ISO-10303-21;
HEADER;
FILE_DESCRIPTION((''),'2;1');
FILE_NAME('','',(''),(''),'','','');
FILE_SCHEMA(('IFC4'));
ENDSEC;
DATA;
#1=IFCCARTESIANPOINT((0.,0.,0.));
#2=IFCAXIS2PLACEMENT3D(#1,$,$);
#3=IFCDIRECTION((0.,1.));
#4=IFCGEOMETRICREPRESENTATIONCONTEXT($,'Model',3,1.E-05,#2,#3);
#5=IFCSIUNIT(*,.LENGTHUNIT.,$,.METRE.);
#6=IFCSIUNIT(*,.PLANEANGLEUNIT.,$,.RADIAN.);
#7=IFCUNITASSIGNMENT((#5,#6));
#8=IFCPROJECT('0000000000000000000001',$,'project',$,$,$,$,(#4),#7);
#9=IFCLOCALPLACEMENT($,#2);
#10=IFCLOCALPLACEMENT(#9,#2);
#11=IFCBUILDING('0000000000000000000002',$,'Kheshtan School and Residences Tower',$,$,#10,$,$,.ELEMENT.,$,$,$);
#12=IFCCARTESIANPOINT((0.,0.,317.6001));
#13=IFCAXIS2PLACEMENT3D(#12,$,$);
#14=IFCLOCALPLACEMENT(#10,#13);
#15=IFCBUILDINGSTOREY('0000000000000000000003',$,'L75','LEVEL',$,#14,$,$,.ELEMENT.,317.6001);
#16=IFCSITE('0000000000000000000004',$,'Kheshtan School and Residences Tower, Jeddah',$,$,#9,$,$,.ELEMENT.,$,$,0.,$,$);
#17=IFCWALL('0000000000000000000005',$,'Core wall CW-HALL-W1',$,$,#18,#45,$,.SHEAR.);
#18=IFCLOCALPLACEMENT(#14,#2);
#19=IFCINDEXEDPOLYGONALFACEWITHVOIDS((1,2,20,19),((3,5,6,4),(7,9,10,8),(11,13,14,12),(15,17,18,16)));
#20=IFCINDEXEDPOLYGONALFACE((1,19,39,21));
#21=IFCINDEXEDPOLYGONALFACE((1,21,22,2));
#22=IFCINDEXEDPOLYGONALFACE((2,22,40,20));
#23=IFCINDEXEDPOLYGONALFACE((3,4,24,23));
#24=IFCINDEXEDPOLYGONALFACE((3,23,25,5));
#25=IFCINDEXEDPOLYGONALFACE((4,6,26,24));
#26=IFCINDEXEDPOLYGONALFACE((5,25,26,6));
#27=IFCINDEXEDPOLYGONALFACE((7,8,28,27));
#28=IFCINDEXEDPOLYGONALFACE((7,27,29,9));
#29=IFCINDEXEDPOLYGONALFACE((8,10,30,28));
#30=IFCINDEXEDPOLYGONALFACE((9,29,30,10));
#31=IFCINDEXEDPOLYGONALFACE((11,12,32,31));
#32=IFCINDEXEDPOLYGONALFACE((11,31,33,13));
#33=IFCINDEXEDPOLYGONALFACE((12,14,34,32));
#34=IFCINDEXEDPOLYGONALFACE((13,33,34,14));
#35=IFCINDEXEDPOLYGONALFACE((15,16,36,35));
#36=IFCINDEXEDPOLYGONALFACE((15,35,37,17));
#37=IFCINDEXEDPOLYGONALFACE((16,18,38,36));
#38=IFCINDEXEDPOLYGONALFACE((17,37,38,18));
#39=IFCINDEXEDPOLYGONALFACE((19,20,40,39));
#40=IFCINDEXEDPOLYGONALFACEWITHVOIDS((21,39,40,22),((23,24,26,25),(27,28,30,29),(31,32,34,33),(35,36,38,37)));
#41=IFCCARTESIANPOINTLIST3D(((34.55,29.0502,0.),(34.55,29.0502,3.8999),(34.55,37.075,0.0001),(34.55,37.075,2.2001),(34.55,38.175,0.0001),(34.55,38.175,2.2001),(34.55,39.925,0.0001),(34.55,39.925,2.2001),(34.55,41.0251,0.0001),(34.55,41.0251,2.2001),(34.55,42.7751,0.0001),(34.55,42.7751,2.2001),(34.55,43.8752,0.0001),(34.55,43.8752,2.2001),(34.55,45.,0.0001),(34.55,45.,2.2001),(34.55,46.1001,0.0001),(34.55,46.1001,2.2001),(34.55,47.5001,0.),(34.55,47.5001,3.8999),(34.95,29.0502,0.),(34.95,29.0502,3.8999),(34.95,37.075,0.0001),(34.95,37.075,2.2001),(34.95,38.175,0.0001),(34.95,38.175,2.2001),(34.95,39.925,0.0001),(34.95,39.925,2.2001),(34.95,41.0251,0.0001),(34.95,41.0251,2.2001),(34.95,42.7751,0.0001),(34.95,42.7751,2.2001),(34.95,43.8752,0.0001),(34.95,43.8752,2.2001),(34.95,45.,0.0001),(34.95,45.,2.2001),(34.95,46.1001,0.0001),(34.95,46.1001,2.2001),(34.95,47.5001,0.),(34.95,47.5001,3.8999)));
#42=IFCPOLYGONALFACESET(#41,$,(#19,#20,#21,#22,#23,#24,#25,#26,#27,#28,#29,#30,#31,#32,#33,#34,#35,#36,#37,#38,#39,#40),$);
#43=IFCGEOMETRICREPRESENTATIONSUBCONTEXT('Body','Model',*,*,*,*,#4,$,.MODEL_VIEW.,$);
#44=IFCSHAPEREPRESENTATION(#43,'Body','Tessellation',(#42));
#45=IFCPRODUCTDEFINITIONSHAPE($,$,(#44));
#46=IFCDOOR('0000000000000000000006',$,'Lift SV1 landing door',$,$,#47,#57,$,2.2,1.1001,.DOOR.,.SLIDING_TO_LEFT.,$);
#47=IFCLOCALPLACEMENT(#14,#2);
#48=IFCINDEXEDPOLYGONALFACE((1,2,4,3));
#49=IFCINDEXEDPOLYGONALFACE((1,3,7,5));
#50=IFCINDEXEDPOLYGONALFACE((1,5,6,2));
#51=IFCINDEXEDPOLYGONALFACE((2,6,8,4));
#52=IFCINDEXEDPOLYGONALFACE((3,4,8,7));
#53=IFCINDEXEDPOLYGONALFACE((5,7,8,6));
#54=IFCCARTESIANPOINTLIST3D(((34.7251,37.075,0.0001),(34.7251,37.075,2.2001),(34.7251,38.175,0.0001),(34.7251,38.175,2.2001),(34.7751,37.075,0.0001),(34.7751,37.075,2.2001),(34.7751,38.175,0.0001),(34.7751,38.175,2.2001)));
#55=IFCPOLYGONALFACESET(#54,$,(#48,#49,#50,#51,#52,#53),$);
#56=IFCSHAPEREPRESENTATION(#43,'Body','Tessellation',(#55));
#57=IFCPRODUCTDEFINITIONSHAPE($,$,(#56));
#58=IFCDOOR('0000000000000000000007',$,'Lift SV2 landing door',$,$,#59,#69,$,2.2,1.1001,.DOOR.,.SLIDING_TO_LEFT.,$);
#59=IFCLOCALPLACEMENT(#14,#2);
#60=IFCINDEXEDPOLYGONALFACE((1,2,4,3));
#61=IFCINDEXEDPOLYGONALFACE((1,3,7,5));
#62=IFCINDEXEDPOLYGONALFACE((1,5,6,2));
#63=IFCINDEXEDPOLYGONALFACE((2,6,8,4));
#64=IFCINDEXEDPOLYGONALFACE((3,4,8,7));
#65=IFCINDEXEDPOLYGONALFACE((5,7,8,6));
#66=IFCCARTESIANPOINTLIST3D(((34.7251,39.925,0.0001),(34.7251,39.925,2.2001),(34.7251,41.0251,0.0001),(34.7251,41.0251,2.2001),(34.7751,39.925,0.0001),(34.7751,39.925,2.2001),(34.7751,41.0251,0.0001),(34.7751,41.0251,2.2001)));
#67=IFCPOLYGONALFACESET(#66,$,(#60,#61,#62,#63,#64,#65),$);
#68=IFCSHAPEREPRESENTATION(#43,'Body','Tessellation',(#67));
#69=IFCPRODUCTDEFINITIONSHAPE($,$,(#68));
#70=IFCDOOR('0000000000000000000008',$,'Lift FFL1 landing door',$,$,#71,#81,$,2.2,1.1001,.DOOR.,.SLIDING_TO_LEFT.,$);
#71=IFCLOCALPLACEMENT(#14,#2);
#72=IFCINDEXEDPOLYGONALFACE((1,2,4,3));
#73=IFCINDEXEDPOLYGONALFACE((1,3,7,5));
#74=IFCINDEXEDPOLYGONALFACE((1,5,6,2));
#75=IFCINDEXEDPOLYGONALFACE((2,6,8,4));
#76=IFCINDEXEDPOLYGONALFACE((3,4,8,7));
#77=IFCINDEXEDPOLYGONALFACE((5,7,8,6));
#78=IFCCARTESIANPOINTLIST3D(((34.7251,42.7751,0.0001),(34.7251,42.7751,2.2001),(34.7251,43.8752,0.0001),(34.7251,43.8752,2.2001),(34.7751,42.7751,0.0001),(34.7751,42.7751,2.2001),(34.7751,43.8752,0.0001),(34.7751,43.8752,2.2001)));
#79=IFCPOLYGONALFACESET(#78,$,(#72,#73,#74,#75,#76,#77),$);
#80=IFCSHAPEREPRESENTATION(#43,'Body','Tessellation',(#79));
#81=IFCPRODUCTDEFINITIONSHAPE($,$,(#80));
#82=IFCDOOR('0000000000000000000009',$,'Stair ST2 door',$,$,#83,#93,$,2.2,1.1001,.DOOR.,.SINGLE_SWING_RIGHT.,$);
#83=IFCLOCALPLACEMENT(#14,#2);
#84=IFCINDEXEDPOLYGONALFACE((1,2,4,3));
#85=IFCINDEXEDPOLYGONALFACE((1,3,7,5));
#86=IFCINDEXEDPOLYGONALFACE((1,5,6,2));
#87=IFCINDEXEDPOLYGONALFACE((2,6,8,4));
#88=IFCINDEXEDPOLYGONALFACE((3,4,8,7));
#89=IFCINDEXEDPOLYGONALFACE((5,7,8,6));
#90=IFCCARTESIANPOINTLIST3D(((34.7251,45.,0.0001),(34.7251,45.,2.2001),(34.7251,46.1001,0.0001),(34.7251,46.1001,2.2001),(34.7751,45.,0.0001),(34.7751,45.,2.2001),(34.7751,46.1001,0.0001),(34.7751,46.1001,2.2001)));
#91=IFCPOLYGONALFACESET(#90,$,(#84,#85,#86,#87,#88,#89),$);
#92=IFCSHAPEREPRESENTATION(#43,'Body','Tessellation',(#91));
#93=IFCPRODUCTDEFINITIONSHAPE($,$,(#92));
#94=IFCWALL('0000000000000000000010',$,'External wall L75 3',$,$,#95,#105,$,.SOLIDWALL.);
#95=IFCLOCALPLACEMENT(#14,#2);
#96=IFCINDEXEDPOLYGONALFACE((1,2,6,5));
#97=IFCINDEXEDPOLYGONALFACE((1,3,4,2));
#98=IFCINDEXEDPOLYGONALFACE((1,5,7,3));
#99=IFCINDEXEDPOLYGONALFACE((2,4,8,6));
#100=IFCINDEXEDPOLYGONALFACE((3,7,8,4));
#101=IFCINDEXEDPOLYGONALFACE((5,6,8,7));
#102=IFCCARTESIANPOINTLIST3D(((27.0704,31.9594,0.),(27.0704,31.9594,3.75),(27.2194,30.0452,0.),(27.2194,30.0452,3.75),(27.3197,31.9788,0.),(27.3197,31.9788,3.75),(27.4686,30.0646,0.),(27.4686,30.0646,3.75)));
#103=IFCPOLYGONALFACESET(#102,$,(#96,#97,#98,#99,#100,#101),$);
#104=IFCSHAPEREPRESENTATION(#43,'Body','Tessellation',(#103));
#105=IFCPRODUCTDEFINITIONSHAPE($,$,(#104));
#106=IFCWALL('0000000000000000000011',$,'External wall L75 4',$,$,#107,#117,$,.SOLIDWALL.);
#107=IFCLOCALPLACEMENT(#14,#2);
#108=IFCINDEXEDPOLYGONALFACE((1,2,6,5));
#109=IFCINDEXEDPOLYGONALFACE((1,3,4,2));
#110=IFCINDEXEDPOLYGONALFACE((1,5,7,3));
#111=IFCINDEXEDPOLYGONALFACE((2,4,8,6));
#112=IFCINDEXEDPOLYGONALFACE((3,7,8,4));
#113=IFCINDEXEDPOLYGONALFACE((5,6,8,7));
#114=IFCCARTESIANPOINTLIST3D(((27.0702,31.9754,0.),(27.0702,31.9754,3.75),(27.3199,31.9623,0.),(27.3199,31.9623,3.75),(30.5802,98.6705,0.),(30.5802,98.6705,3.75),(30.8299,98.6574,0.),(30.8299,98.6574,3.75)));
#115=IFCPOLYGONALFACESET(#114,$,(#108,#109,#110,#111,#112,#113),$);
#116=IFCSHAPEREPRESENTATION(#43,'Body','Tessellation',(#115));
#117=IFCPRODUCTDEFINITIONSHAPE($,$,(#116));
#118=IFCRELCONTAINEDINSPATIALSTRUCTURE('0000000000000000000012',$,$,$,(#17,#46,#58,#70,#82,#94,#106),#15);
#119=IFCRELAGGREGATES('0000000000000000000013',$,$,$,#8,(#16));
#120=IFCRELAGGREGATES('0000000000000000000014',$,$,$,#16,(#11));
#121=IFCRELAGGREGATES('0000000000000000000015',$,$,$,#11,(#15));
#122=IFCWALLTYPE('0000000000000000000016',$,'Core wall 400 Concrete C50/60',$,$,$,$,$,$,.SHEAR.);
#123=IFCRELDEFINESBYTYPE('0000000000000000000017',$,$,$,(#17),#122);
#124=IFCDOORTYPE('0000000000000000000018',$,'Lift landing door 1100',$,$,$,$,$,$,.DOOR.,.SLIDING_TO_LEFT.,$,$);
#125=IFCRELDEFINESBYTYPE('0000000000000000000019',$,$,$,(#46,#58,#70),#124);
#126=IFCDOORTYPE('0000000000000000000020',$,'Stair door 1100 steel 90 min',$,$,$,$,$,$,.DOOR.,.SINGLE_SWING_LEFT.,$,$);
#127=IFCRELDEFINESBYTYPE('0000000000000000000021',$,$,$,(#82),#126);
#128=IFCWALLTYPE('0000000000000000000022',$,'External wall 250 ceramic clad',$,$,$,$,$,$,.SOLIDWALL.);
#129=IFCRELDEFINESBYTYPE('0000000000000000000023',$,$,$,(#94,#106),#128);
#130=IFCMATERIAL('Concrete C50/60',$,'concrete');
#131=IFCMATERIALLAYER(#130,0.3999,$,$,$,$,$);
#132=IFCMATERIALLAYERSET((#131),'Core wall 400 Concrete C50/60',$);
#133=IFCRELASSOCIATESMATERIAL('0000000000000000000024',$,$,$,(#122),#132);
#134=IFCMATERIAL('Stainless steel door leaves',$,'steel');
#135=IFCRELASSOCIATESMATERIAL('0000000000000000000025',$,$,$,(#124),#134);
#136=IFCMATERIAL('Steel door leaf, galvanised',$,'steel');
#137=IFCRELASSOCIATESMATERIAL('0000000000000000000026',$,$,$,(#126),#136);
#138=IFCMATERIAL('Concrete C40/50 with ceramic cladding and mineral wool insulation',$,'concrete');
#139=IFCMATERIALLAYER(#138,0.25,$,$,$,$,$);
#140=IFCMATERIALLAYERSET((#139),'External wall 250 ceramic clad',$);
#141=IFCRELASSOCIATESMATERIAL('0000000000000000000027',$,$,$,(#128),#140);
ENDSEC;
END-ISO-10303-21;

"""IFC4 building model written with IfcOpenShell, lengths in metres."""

from ifc_helpers import new_model, si_unit, direction, frame, frame_2d, origin, place, context, subcontext, project, spatial, rectangle, extrude, source, transform, mapped, material, layer, layer_set, type_object, element, fill, save


model = new_model("IFC4")

# Units and contexts
model_context = context("Model", 3, precision=1e-05, world=origin(), true_north=direction((0.0, 1.0)))
body_context = subcontext(model_context, "Body", "Model", "MODEL_VIEW")
ifc_project = project(units=[si_unit("LENGTHUNIT", "METRE"), si_unit("PLANEANGLEUNIT", "RADIAN")], contexts=[model_context])

# Site, building, storey
site_placement = place(None, origin())
site = spatial("IfcSite", under=ifc_project, at=site_placement, Name="Kheshtan School and Residences Tower, Jeddah", CompositionType="ELEMENT", RefElevation=0.0)
building_placement = place(site_placement, origin())
building = spatial("IfcBuilding", under=site, at=building_placement, Name="Kheshtan School and Residences Tower", CompositionType="ELEMENT")
storey_placement = place(building_placement, frame((0.0, 0.0, 317.6001)))
storey = spatial("IfcBuildingStorey", under=building, at=storey_placement, Name="L75", Description="LEVEL", CompositionType="ELEMENT", Elevation=317.6001)

# Wall, openings, doors
ifc_material_1 = material(Name="Concrete C50/60", Category="concrete")
ifc_layer_1 = layer(ifc_material_1, 0.3999)
ifc_layer_set_1 = layer_set([ifc_layer_1], Name="Core wall 400 Concrete C50/60")
wall_type_1 = type_object("IfcWallType", Name="Core wall 400 Concrete C50/60", PredefinedType="SHEAR", material=ifc_layer_set_1)
ifc_material_2 = material(Name="Stainless steel door leaves", Category="steel")
door_type_1 = type_object("IfcDoorType", Name="Lift landing door 1100", OperationType="SLIDING_TO_LEFT", PredefinedType="DOOR", material=ifc_material_2)
shared_shape_1 = source(origin(), body_context, "Body", "SweptSolid", [
    extrude(rectangle(XDim=1.1001, YDim=2.2, at=frame_2d((0.55, 1.1001))), frame((0.0, 0.0249, 0.0), z_axis=(0.0, -1.0, 0.0), x_axis=(1.0, 0.0, 0.0)), (0.0, 0.0, 1.0), 0.05),
])
ifc_material_3 = material(Name="Steel door leaf, galvanised", Category="steel")
wall_1_placement = place(storey_placement, frame((34.75, 29.05, 0.0), z_axis=(0.0, 0.0, 1.0), x_axis=(0.0, 1.0, 0.0)))
wall_1 = element("IfcWall", 1, at=wall_1_placement, inside=storey, type_object=wall_type_1, Name="Core wall CW-HALL-W1", PredefinedType="SHEAR", context=body_context, shape_type="SweptSolid", body=[
    extrude(rectangle(XDim=18.45, YDim=0.3999, at=frame_2d((9.2251, 0.0))), origin(), (0.0, 0.0, 1.0), 3.8999),
])
opening_1_placement = place(wall_1_placement, frame((8.0249, 0.0, 0.0)))
opening_1 = element("IfcOpeningElement", 2, at=opening_1_placement, cuts=wall_1, PredefinedType="OPENING", context=body_context, shape_type="SweptSolid", body=[
    extrude(rectangle(XDim=1.1001, YDim=2.2, at=frame_2d((0.55, 1.1001))), frame((0.0, 0.21, 0.0), z_axis=(0.0, -1.0, 0.0), x_axis=(1.0, 0.0, 0.0)), (0.0, 0.0, 1.0), 0.4199),
])
opening_2_placement = place(wall_1_placement, frame((10.875, 0.0, 0.0)))
opening_2 = element("IfcOpeningElement", 3, at=opening_2_placement, cuts=wall_1, PredefinedType="OPENING", context=body_context, shape_type="SweptSolid", body=[
    extrude(rectangle(XDim=1.1001, YDim=2.2, at=frame_2d((0.55, 1.1001))), frame((0.0, 0.21, 0.0), z_axis=(0.0, -1.0, 0.0), x_axis=(1.0, 0.0, 0.0)), (0.0, 0.0, 1.0), 0.4199),
])
opening_3_placement = place(wall_1_placement, frame((13.7251, 0.0, 0.0)))
opening_3 = element("IfcOpeningElement", 4, at=opening_3_placement, cuts=wall_1, PredefinedType="OPENING", context=body_context, shape_type="SweptSolid", body=[
    extrude(rectangle(XDim=1.1001, YDim=2.2, at=frame_2d((0.55, 1.1001))), frame((0.0, 0.21, 0.0), z_axis=(0.0, -1.0, 0.0), x_axis=(1.0, 0.0, 0.0)), (0.0, 0.0, 1.0), 0.4199),
])
opening_4_placement = place(wall_1_placement, frame((15.95, 0.0, 0.0)))
opening_4 = element("IfcOpeningElement", 5, at=opening_4_placement, cuts=wall_1, PredefinedType="OPENING", context=body_context, shape_type="SweptSolid", body=[
    extrude(rectangle(XDim=1.1001, YDim=2.2, at=frame_2d((0.55, 1.1001))), frame((0.0, 0.21, 0.0), z_axis=(0.0, -1.0, 0.0), x_axis=(1.0, 0.0, 0.0)), (0.0, 0.0, 1.0), 0.4199),
])
door_1_placement = place(opening_1_placement, origin())
door_1 = element("IfcDoor", 6, at=door_1_placement, inside=storey, type_object=door_type_1, Name="Lift SV1 landing door", OperationType="SLIDING_TO_LEFT", OverallHeight=2.2, OverallWidth=1.1001, PredefinedType="DOOR", context=body_context, shape_type="MappedRepresentation", body=[
    mapped(shared_shape_1, transform((0.0, 0.0, 0.0), x_axis=(1.0, 0.0, 0.0), y_axis=(0.0, 1.0, 0.0), z_axis=(0.0, 0.0, 1.0), scale=1.0)),
])
fill(opening_1, door_1)
door_2_placement = place(opening_2_placement, origin())
door_2 = element("IfcDoor", 7, at=door_2_placement, inside=storey, type_object=door_type_1, Name="Lift SV2 landing door", OperationType="SLIDING_TO_LEFT", OverallHeight=2.2, OverallWidth=1.1001, PredefinedType="DOOR", context=body_context, shape_type="MappedRepresentation", body=[
    mapped(shared_shape_1, transform((0.0, 0.0, 0.0), x_axis=(1.0, 0.0, 0.0), y_axis=(0.0, 1.0, 0.0), z_axis=(0.0, 0.0, 1.0), scale=1.0)),
])
fill(opening_2, door_2)
door_3_placement = place(opening_3_placement, origin())
door_3 = element("IfcDoor", 8, at=door_3_placement, inside=storey, type_object=door_type_1, Name="Lift FFL1 landing door", OperationType="SLIDING_TO_LEFT", OverallHeight=2.2, OverallWidth=1.1001, PredefinedType="DOOR", context=body_context, shape_type="MappedRepresentation", body=[
    mapped(shared_shape_1, transform((0.0, 0.0, 0.0), x_axis=(1.0, 0.0, 0.0), y_axis=(0.0, 1.0, 0.0), z_axis=(0.0, 0.0, 1.0), scale=1.0)),
])
fill(opening_3, door_3)
door_type_2 = type_object("IfcDoorType", Name="Stair door 1100 steel 90 min", OperationType="SINGLE_SWING_LEFT", PredefinedType="DOOR", material=ifc_material_3)
shared_shape_2 = source(origin(), body_context, "Body", "SweptSolid", [
    extrude(rectangle(XDim=1.1001, YDim=2.2, at=frame_2d((0.55, 1.1001))), frame((0.0, 0.0249, 0.0), z_axis=(0.0, -1.0, 0.0), x_axis=(1.0, 0.0, 0.0)), (0.0, 0.0, 1.0), 0.05),
])
door_4_placement = place(opening_4_placement, origin())
door_4 = element("IfcDoor", 9, at=door_4_placement, inside=storey, type_object=door_type_2, Name="Stair ST2 door", OperationType="SINGLE_SWING_RIGHT", OverallHeight=2.2, OverallWidth=1.1001, PredefinedType="DOOR", context=body_context, shape_type="MappedRepresentation", body=[
    mapped(shared_shape_2, transform((0.0, 0.0, 0.0), x_axis=(1.0, 0.0, 0.0), y_axis=(0.0, 1.0, 0.0), z_axis=(0.0, 0.0, 1.0), scale=1.0)),
])
fill(opening_4, door_4)

# Walls
ifc_material_4 = material(Name="Concrete C40/50 with ceramic cladding and mineral wool insulation", Category="concrete")
ifc_layer_2 = layer(ifc_material_4, 0.25)
ifc_layer_set_2 = layer_set([ifc_layer_2], Name="External wall 250 ceramic clad")
wall_type_2 = type_object("IfcWallType", Name="External wall 250 ceramic clad", PredefinedType="SOLIDWALL", material=ifc_layer_set_2)
wall_2_placement = place(storey_placement, frame((27.344, 30.0549, 0.0), z_axis=(0.0, 0.0, 1.0), x_axis=(-0.077572, 0.996987, 0.0)))
element("IfcWall", 10, at=wall_2_placement, inside=storey, type_object=wall_type_2, Name="External wall L75 3", PredefinedType="SOLIDWALL", context=body_context, shape_type="SweptSolid", body=[
    extrude(rectangle(XDim=1.9199, YDim=0.25, at=frame_2d((0.96, 0.0))), origin(), (0.0, 0.0, 1.0), 3.75),
])
wall_3_placement = place(storey_placement, frame((27.1951, 31.969, 0.0), z_axis=(0.0, 0.0, 1.0), x_axis=(0.052555, 0.998618, 0.0)))
element("IfcWall", 11, at=wall_3_placement, inside=storey, type_object=wall_type_2, Name="External wall L75 4", PredefinedType="SOLIDWALL", context=body_context, shape_type="SweptSolid", body=[
    extrude(rectangle(XDim=66.7874, YDim=0.25, at=frame_2d((33.3936, 0.0))), origin(), (0.0, 0.0, 1.0), 3.75),
])

save(model, "model.ifc")
